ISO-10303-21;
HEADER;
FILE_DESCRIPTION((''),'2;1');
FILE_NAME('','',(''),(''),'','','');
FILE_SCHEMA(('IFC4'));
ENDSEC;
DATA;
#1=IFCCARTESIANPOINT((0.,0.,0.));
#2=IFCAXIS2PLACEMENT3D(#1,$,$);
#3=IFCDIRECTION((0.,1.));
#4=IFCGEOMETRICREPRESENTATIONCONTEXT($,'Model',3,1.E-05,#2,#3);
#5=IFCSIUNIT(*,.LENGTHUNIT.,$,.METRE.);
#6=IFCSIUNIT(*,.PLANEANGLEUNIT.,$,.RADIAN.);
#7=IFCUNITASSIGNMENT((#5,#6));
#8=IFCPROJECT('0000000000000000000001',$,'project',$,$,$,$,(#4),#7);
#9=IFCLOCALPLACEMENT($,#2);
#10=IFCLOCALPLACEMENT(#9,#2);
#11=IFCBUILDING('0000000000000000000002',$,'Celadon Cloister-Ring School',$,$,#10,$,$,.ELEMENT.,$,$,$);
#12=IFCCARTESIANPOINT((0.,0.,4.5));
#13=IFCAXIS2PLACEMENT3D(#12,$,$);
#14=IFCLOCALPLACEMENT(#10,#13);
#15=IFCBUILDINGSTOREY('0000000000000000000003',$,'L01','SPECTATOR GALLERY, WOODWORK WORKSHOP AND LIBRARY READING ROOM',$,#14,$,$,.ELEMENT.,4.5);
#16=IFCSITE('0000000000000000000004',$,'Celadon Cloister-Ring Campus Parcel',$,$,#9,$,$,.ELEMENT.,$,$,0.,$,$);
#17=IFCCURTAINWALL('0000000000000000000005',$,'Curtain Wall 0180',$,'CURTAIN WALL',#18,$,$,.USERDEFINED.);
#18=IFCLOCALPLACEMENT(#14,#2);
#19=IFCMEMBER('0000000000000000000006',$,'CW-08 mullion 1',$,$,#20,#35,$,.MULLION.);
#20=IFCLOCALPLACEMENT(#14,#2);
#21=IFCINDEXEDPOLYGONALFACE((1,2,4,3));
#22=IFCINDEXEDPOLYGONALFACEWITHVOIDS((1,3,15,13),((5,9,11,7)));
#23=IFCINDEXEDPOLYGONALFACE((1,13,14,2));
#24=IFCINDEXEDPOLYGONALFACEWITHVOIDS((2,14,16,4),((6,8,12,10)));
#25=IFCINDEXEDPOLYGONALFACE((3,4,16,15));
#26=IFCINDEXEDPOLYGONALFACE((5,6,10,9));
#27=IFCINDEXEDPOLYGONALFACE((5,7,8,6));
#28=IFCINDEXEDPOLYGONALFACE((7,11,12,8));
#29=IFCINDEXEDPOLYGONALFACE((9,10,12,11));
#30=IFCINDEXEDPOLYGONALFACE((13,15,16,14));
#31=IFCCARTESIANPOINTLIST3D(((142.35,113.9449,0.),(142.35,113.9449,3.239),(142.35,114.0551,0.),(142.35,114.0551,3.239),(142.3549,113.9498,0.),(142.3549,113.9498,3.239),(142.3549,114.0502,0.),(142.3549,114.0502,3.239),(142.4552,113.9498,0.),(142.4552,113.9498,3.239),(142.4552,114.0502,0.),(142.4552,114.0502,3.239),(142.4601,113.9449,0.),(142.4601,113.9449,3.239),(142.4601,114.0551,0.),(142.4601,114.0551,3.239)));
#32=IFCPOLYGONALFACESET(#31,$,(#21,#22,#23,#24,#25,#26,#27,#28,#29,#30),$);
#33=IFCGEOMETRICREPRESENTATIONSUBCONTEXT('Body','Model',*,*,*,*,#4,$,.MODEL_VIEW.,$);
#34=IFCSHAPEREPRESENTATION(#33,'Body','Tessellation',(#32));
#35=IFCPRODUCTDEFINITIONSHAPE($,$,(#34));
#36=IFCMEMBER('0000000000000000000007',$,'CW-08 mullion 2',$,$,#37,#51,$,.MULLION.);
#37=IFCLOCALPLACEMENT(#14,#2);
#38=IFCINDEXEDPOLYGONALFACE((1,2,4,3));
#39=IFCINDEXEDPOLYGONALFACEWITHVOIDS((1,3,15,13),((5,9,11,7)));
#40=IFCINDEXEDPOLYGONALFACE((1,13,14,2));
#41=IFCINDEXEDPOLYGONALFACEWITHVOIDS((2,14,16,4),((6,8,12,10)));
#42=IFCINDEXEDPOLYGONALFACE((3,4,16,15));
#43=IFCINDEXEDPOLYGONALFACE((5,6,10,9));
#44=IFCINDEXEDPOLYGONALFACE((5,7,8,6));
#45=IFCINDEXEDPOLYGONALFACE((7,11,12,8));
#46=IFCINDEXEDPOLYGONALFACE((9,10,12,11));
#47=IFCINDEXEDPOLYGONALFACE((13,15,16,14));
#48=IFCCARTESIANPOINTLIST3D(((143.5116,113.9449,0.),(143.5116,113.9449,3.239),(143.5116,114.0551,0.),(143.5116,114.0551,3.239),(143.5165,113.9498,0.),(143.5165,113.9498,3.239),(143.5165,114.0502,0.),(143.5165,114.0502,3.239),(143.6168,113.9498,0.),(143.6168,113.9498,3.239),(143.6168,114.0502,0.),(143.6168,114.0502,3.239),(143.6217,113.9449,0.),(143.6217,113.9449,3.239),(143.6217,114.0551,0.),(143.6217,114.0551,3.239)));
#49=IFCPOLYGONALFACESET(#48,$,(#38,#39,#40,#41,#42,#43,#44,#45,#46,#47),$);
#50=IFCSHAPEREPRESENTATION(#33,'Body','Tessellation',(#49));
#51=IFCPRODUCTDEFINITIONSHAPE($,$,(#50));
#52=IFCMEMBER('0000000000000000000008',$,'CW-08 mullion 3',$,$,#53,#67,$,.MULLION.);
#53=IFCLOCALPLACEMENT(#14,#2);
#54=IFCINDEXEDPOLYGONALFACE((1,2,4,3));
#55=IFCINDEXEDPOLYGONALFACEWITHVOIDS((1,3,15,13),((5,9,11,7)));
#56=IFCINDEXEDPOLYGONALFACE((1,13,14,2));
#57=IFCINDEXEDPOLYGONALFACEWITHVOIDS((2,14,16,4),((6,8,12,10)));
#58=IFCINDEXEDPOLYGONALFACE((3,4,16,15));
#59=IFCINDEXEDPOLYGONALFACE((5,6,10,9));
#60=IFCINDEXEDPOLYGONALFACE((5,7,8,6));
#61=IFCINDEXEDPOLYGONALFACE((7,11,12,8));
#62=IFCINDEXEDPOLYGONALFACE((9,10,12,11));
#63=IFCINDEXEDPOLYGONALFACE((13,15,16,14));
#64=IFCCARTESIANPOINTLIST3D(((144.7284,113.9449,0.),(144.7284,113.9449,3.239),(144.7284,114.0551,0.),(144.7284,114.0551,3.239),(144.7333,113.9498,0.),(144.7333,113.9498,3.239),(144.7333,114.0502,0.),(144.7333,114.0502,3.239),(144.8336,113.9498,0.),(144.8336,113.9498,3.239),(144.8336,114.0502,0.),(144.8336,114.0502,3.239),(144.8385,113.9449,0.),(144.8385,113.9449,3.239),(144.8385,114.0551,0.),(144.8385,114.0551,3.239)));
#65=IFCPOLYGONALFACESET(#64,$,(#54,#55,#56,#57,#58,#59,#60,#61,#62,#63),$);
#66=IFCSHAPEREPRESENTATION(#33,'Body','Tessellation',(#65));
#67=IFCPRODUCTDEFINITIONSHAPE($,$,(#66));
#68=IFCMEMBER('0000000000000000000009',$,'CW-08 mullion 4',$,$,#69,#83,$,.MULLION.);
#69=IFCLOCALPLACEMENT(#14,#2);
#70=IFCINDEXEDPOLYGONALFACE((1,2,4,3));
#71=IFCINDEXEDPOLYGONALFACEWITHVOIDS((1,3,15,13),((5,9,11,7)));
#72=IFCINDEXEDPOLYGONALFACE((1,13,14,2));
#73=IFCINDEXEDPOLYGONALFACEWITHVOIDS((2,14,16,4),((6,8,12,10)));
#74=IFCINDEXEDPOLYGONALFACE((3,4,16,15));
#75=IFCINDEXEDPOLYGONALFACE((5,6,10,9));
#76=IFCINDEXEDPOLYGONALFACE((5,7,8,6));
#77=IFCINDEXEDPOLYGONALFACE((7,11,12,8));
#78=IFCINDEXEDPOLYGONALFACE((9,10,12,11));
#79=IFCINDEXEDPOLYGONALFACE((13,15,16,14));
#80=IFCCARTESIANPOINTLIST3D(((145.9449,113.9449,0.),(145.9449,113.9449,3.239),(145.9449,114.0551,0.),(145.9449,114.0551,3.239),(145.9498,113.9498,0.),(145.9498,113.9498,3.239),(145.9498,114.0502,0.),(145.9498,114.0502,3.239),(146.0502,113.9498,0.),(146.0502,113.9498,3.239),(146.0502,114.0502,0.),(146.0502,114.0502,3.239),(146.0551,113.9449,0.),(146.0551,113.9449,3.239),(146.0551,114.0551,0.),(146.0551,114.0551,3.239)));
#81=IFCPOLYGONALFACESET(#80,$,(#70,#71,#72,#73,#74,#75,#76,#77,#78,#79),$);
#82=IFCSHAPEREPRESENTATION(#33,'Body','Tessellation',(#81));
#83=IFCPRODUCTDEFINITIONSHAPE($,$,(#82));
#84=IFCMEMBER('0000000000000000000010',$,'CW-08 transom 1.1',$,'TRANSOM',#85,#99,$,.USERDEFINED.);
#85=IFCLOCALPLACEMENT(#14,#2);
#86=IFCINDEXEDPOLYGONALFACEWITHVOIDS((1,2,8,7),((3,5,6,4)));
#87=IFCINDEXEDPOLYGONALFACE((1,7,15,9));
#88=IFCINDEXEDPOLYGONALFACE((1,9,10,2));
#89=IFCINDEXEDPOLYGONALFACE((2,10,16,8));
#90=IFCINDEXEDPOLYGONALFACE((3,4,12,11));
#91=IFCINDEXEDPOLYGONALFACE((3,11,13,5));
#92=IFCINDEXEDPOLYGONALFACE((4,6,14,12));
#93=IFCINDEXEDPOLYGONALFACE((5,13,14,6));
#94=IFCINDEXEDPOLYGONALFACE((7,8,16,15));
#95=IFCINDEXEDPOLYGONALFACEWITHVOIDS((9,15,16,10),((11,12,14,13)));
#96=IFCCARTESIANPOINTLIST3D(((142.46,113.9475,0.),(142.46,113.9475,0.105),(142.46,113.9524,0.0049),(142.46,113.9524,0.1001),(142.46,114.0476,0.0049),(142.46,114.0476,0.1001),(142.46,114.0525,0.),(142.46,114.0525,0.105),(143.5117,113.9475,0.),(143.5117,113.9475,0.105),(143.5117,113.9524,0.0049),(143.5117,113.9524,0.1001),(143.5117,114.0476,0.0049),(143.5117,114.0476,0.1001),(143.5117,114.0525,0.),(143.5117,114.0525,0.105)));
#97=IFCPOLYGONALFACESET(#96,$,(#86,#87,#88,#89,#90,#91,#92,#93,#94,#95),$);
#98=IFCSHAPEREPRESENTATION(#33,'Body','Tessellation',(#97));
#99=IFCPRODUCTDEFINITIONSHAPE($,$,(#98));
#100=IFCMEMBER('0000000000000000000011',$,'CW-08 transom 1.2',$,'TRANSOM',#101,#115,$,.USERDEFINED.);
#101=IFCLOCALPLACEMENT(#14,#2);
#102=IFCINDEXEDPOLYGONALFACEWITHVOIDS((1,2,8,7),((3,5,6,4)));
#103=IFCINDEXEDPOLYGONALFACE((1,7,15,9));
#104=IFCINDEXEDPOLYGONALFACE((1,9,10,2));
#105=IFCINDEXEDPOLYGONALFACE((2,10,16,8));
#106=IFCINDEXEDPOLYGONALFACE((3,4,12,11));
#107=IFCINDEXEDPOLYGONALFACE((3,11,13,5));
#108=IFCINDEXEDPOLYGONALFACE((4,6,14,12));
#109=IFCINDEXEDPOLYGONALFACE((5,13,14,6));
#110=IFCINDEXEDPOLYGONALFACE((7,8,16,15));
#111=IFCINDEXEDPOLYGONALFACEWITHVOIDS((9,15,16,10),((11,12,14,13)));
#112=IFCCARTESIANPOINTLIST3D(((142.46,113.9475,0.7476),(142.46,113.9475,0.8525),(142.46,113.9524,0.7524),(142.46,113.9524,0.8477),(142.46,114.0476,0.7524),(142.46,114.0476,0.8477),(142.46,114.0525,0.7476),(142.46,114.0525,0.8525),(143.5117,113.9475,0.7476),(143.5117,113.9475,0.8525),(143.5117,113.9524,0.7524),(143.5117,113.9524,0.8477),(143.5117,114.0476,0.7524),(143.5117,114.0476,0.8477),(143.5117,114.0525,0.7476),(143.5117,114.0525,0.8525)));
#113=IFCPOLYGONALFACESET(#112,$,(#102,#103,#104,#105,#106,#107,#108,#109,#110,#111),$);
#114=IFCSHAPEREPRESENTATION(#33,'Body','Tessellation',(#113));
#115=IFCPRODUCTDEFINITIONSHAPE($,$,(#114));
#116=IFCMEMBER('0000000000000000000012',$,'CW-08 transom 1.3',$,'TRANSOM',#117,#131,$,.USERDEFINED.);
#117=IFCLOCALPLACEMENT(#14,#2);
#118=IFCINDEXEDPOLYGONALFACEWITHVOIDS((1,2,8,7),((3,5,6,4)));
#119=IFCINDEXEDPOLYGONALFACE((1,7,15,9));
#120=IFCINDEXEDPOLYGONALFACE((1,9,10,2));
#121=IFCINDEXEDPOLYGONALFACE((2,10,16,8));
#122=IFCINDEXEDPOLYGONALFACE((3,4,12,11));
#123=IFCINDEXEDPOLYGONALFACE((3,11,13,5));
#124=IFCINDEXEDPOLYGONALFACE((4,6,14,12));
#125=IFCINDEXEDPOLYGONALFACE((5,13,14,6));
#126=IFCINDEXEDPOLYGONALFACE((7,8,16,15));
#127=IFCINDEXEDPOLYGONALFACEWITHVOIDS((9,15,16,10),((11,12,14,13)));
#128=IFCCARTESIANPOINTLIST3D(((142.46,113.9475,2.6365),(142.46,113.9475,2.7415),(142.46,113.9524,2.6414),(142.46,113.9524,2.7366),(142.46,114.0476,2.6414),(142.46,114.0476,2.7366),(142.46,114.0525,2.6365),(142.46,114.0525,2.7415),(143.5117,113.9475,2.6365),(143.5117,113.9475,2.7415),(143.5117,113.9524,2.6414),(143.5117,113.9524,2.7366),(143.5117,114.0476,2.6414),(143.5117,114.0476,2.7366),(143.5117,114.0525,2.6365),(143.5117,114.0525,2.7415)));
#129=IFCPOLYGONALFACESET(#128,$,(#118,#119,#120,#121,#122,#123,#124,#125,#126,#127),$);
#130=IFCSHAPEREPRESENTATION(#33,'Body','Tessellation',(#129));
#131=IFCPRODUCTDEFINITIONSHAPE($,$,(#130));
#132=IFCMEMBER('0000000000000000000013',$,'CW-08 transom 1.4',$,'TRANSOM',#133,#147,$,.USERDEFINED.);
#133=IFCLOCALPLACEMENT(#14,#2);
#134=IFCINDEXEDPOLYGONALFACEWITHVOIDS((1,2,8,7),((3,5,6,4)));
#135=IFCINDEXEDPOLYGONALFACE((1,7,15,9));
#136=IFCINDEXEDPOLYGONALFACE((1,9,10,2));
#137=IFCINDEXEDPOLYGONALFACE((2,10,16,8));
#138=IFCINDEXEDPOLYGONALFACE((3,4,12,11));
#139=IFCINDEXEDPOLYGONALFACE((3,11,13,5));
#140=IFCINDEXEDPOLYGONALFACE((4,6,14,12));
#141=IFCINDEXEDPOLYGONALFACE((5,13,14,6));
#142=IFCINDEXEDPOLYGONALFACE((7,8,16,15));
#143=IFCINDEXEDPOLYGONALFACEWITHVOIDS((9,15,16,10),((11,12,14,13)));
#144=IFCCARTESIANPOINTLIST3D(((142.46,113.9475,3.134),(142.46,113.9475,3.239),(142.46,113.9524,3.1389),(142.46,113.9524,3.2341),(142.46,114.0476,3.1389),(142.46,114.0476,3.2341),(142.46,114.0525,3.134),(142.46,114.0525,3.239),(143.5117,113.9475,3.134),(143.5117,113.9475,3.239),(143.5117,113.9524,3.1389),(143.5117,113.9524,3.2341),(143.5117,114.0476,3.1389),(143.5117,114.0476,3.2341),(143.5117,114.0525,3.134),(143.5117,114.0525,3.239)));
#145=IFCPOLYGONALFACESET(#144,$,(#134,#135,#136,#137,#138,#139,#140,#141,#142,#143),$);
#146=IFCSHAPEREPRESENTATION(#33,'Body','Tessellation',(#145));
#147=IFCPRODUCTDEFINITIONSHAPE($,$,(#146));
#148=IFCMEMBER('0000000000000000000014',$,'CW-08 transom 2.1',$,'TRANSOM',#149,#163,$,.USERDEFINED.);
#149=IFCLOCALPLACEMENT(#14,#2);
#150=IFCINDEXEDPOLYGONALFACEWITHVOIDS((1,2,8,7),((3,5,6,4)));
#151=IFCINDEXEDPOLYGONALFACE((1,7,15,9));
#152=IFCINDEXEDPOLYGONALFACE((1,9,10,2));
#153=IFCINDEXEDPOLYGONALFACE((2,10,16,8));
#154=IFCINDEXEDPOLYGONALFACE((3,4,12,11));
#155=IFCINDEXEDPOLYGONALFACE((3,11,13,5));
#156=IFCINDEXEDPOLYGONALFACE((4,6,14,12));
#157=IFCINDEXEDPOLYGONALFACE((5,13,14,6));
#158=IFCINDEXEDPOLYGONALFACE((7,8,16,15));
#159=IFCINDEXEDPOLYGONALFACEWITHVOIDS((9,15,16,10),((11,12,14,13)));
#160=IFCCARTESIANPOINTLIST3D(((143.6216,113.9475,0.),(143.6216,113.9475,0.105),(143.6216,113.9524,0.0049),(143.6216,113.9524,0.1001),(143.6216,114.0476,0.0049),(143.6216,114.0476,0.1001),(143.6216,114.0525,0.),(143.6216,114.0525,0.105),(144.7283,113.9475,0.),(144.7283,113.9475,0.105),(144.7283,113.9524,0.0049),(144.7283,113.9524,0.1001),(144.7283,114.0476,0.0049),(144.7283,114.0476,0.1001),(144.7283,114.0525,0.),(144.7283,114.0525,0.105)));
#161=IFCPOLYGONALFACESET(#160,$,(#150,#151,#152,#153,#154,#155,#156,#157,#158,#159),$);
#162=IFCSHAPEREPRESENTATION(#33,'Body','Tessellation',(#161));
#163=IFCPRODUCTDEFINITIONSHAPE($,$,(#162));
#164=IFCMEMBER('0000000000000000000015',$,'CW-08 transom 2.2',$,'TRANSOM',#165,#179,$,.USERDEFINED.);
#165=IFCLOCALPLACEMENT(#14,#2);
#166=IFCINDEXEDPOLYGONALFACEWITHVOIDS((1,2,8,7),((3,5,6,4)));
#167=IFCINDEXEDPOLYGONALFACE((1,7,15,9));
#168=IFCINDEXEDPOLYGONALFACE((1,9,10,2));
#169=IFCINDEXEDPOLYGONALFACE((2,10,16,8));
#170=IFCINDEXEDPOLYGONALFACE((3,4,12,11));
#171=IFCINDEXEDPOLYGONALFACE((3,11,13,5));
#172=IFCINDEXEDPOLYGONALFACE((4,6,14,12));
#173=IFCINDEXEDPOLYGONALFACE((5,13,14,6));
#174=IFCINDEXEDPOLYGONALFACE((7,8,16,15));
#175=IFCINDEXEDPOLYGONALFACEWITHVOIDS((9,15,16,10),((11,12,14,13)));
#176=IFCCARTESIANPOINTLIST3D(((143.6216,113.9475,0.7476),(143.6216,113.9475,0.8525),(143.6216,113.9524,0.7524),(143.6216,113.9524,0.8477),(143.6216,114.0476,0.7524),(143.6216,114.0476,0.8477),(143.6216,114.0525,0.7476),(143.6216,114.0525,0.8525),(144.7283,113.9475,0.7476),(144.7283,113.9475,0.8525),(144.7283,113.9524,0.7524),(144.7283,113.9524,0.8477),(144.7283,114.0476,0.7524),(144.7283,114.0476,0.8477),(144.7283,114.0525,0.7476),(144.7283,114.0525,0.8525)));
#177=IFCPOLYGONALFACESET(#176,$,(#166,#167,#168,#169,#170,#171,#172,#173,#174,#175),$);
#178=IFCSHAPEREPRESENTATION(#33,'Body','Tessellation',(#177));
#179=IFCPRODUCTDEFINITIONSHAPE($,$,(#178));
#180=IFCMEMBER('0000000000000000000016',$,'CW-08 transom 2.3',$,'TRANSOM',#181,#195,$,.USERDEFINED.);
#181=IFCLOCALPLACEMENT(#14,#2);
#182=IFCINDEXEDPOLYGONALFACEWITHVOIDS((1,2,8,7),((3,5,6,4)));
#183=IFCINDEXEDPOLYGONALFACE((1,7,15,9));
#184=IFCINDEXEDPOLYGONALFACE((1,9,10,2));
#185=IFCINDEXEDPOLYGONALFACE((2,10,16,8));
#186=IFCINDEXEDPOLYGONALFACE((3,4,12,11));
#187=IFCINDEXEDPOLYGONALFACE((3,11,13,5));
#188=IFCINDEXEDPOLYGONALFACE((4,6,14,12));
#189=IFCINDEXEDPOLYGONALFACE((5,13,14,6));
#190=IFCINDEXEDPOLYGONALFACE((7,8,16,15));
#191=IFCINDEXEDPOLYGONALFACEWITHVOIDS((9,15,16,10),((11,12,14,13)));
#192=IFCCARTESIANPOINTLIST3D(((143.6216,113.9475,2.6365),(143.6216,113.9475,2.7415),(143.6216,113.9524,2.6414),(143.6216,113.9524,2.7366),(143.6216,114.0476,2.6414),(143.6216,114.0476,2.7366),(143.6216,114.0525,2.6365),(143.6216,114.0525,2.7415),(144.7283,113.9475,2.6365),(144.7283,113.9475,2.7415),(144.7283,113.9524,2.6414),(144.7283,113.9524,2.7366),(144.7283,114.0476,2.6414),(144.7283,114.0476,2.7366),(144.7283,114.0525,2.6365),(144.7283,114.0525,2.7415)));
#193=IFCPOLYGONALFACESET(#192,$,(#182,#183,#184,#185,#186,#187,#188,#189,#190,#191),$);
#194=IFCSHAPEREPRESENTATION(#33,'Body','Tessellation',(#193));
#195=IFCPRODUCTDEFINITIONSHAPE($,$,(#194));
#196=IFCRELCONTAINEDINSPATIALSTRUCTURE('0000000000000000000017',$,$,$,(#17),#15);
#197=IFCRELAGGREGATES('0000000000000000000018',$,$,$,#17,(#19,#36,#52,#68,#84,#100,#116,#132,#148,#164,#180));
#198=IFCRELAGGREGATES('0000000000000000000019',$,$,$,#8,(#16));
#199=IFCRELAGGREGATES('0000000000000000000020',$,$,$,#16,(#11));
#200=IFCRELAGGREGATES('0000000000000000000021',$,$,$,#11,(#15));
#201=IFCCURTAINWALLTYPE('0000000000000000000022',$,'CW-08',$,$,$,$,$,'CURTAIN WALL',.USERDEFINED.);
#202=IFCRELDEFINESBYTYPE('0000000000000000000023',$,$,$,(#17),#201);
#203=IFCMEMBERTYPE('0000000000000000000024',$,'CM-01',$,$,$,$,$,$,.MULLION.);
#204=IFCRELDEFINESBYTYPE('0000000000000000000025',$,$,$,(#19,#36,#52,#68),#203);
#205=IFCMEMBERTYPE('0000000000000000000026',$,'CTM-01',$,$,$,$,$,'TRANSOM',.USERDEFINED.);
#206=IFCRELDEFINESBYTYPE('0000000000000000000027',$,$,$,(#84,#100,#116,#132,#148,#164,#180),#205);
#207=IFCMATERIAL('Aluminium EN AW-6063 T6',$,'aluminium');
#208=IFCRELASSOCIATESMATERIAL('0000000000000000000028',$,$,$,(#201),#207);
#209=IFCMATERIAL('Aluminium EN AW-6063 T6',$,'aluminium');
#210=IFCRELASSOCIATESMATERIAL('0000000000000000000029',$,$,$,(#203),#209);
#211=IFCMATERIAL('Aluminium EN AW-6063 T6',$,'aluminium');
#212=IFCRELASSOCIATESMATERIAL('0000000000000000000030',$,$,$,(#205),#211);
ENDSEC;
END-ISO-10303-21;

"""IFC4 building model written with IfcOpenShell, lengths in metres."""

from ifc_helpers import new_model, si_unit, direction, frame, origin, origin_2d, place, context, subcontext, project, spatial, hollow_rectangle, extrude, material, material_profile, profile_set, type_object, element, aggregate, save


model = new_model("IFC4")

# Units and contexts
model_context = context("Model", 3, precision=1e-05, world=origin(), true_north=direction((0.0, 1.0)))
body_context = subcontext(model_context, "Body", "Model", "MODEL_VIEW")
ifc_project = project(units=[si_unit("LENGTHUNIT", "METRE"), si_unit("PLANEANGLEUNIT", "RADIAN")], contexts=[model_context])

# Site, building, storey
site_placement = place(None, origin())
site = spatial("IfcSite", under=ifc_project, at=site_placement, Name="Celadon Cloister-Ring Campus Parcel", CompositionType="ELEMENT", RefElevation=0.0)
building_placement = place(site_placement, origin())
building = spatial("IfcBuilding", under=site, at=building_placement, Name="Celadon Cloister-Ring School", CompositionType="ELEMENT")
storey_placement = place(building_placement, frame((0.0, 0.0, 4.5)))
storey = spatial("IfcBuildingStorey", under=building, at=storey_placement, Name="L01", Description="SPECTATOR GALLERY, WOODWORK WORKSHOP AND LIBRARY READING ROOM", CompositionType="ELEMENT", Elevation=4.5)

# Curtain wall, members
ifc_material_1 = material(Name="Aluminium EN AW-6063 T6", Category="aluminium")
curtain_wall_type = type_object("IfcCurtainWallType", Name="CW-08", ElementType="CURTAIN WALL", PredefinedType="USERDEFINED", material=ifc_material_1)
curtain_wall_placement = place(storey_placement, origin())
curtain_wall = element("IfcCurtainWall", 1, at=curtain_wall_placement, inside=storey, type_object=curtain_wall_type, Name="Curtain Wall 0180", ObjectType="CURTAIN WALL", PredefinedType="USERDEFINED")
ifc_material_2 = material(Name="Aluminium EN AW-6063 T6", Category="aluminium")
ifc_material_profile_1 = material_profile(ifc_material_2, hollow_rectangle(XDim=0.1101, YDim=0.1101, WallThickness=0.0049, at=origin_2d()), Name="RHS110X110X5")
ifc_profile_set_1 = profile_set([ifc_material_profile_1], Name="Aluminium EN AW-6063 T6")
member_type_1 = type_object("IfcMemberType", Name="CM-01", PredefinedType="MULLION", material=ifc_profile_set_1)
member_1_placement = place(storey_placement, frame((142.405, 114.0, 0.0), z_axis=(0.0, 0.0, 1.0), x_axis=(0.0, 1.0, 0.0)))
member_1 = element("IfcMember", 2, at=member_1_placement, type_object=member_type_1, Name="CW-08 mullion 1", PredefinedType="MULLION", context=body_context, shape_type="SweptSolid", body=[
    extrude(hollow_rectangle(XDim=0.1101, YDim=0.1101, WallThickness=0.0049, at=origin_2d()), origin(), (0.0, 0.0, 1.0), 3.239),
])
member_2_placement = place(storey_placement, frame((143.5667, 114.0, 0.0), z_axis=(0.0, 0.0, 1.0), x_axis=(0.0, 1.0, 0.0)))
member_2 = element("IfcMember", 3, at=member_2_placement, type_object=member_type_1, Name="CW-08 mullion 2", PredefinedType="MULLION", context=body_context, shape_type="SweptSolid", body=[
    extrude(hollow_rectangle(XDim=0.1101, YDim=0.1101, WallThickness=0.0049, at=origin_2d()), origin(), (0.0, 0.0, 1.0), 3.239),
])
member_3_placement = place(storey_placement, frame((144.7834, 114.0, 0.0), z_axis=(0.0, 0.0, 1.0), x_axis=(0.0, 1.0, 0.0)))
member_3 = element("IfcMember", 4, at=member_3_placement, type_object=member_type_1, Name="CW-08 mullion 3", PredefinedType="MULLION", context=body_context, shape_type="SweptSolid", body=[
    extrude(hollow_rectangle(XDim=0.1101, YDim=0.1101, WallThickness=0.0049, at=origin_2d()), origin(), (0.0, 0.0, 1.0), 3.239),
])
member_4_placement = place(storey_placement, frame((146.0, 114.0, 0.0), z_axis=(0.0, 0.0, 1.0), x_axis=(0.0, 1.0, 0.0)))
member_4 = element("IfcMember", 5, at=member_4_placement, type_object=member_type_1, Name="CW-08 mullion 4", PredefinedType="MULLION", context=body_context, shape_type="SweptSolid", body=[
    extrude(hollow_rectangle(XDim=0.1101, YDim=0.1101, WallThickness=0.0049, at=origin_2d()), origin(), (0.0, 0.0, 1.0), 3.239),
])
ifc_material_3 = material(Name="Aluminium EN AW-6063 T6", Category="aluminium")
ifc_material_profile_2 = material_profile(ifc_material_3, hollow_rectangle(XDim=0.105, YDim=0.105, WallThickness=0.0049, at=origin_2d()), Name="RHS105X105X5")
ifc_profile_set_2 = profile_set([ifc_material_profile_2], Name="Aluminium EN AW-6063 T6")
member_type_2 = type_object("IfcMemberType", Name="CTM-01", ElementType="TRANSOM", PredefinedType="USERDEFINED", material=ifc_profile_set_2)
member_5_placement = place(storey_placement, frame((142.46, 114.0, 0.0525), z_axis=(1.0, 0.0, 0.0), x_axis=(0.0, 1.0, 0.0)))
member_5 = element("IfcMember", 6, at=member_5_placement, type_object=member_type_2, Name="CW-08 transom 1.1", ObjectType="TRANSOM", PredefinedType="USERDEFINED", context=body_context, shape_type="SweptSolid", body=[
    extrude(hollow_rectangle(XDim=0.105, YDim=0.105, WallThickness=0.0049, at=origin_2d()), origin(), (0.0, 0.0, 1.0), 1.0518),
])
member_6_placement = place(storey_placement, frame((142.46, 114.0, 0.8), z_axis=(1.0, 0.0, 0.0), x_axis=(0.0, 1.0, 0.0)))
member_6 = element("IfcMember", 7, at=member_6_placement, type_object=member_type_2, Name="CW-08 transom 1.2", ObjectType="TRANSOM", PredefinedType="USERDEFINED", context=body_context, shape_type="SweptSolid", body=[
    extrude(hollow_rectangle(XDim=0.105, YDim=0.105, WallThickness=0.0049, at=origin_2d()), origin(), (0.0, 0.0, 1.0), 1.0518),
])
member_7_placement = place(storey_placement, frame((142.46, 114.0, 2.689), z_axis=(1.0, 0.0, 0.0), x_axis=(0.0, 1.0, 0.0)))
member_7 = element("IfcMember", 8, at=member_7_placement, type_object=member_type_2, Name="CW-08 transom 1.3", ObjectType="TRANSOM", PredefinedType="USERDEFINED", context=body_context, shape_type="SweptSolid", body=[
    extrude(hollow_rectangle(XDim=0.105, YDim=0.105, WallThickness=0.0049, at=origin_2d()), origin(), (0.0, 0.0, 1.0), 1.0518),
])
member_8_placement = place(storey_placement, frame((142.46, 114.0, 3.1865), z_axis=(1.0, 0.0, 0.0), x_axis=(0.0, 1.0, 0.0)))
member_8 = element("IfcMember", 9, at=member_8_placement, type_object=member_type_2, Name="CW-08 transom 1.4", ObjectType="TRANSOM", PredefinedType="USERDEFINED", context=body_context, shape_type="SweptSolid", body=[
    extrude(hollow_rectangle(XDim=0.105, YDim=0.105, WallThickness=0.0049, at=origin_2d()), origin(), (0.0, 0.0, 1.0), 1.0518),
])
member_9_placement = place(storey_placement, frame((143.6216, 114.0, 0.0525), z_axis=(1.0, 0.0, 0.0), x_axis=(0.0, 1.0, 0.0)))
member_9 = element("IfcMember", 10, at=member_9_placement, type_object=member_type_2, Name="CW-08 transom 2.1", ObjectType="TRANSOM", PredefinedType="USERDEFINED", context=body_context, shape_type="SweptSolid", body=[
    extrude(hollow_rectangle(XDim=0.105, YDim=0.105, WallThickness=0.0049, at=origin_2d()), origin(), (0.0, 0.0, 1.0), 1.1067),
])
member_10_placement = place(storey_placement, frame((143.6216, 114.0, 0.8), z_axis=(1.0, 0.0, 0.0), x_axis=(0.0, 1.0, 0.0)))
member_10 = element("IfcMember", 11, at=member_10_placement, type_object=member_type_2, Name="CW-08 transom 2.2", ObjectType="TRANSOM", PredefinedType="USERDEFINED", context=body_context, shape_type="SweptSolid", body=[
    extrude(hollow_rectangle(XDim=0.105, YDim=0.105, WallThickness=0.0049, at=origin_2d()), origin(), (0.0, 0.0, 1.0), 1.1067),
])
member_11_placement = place(storey_placement, frame((143.6216, 114.0, 2.689), z_axis=(1.0, 0.0, 0.0), x_axis=(0.0, 1.0, 0.0)))
member_11 = element("IfcMember", 12, at=member_11_placement, type_object=member_type_2, Name="CW-08 transom 2.3", ObjectType="TRANSOM", PredefinedType="USERDEFINED", context=body_context, shape_type="SweptSolid", body=[
    extrude(hollow_rectangle(XDim=0.105, YDim=0.105, WallThickness=0.0049, at=origin_2d()), origin(), (0.0, 0.0, 1.0), 1.1067),
])
aggregate(curtain_wall, [member_1, member_2, member_3, member_4, member_5, member_6, member_7, member_8, member_9, member_10, member_11])

save(model, "model.ifc")
